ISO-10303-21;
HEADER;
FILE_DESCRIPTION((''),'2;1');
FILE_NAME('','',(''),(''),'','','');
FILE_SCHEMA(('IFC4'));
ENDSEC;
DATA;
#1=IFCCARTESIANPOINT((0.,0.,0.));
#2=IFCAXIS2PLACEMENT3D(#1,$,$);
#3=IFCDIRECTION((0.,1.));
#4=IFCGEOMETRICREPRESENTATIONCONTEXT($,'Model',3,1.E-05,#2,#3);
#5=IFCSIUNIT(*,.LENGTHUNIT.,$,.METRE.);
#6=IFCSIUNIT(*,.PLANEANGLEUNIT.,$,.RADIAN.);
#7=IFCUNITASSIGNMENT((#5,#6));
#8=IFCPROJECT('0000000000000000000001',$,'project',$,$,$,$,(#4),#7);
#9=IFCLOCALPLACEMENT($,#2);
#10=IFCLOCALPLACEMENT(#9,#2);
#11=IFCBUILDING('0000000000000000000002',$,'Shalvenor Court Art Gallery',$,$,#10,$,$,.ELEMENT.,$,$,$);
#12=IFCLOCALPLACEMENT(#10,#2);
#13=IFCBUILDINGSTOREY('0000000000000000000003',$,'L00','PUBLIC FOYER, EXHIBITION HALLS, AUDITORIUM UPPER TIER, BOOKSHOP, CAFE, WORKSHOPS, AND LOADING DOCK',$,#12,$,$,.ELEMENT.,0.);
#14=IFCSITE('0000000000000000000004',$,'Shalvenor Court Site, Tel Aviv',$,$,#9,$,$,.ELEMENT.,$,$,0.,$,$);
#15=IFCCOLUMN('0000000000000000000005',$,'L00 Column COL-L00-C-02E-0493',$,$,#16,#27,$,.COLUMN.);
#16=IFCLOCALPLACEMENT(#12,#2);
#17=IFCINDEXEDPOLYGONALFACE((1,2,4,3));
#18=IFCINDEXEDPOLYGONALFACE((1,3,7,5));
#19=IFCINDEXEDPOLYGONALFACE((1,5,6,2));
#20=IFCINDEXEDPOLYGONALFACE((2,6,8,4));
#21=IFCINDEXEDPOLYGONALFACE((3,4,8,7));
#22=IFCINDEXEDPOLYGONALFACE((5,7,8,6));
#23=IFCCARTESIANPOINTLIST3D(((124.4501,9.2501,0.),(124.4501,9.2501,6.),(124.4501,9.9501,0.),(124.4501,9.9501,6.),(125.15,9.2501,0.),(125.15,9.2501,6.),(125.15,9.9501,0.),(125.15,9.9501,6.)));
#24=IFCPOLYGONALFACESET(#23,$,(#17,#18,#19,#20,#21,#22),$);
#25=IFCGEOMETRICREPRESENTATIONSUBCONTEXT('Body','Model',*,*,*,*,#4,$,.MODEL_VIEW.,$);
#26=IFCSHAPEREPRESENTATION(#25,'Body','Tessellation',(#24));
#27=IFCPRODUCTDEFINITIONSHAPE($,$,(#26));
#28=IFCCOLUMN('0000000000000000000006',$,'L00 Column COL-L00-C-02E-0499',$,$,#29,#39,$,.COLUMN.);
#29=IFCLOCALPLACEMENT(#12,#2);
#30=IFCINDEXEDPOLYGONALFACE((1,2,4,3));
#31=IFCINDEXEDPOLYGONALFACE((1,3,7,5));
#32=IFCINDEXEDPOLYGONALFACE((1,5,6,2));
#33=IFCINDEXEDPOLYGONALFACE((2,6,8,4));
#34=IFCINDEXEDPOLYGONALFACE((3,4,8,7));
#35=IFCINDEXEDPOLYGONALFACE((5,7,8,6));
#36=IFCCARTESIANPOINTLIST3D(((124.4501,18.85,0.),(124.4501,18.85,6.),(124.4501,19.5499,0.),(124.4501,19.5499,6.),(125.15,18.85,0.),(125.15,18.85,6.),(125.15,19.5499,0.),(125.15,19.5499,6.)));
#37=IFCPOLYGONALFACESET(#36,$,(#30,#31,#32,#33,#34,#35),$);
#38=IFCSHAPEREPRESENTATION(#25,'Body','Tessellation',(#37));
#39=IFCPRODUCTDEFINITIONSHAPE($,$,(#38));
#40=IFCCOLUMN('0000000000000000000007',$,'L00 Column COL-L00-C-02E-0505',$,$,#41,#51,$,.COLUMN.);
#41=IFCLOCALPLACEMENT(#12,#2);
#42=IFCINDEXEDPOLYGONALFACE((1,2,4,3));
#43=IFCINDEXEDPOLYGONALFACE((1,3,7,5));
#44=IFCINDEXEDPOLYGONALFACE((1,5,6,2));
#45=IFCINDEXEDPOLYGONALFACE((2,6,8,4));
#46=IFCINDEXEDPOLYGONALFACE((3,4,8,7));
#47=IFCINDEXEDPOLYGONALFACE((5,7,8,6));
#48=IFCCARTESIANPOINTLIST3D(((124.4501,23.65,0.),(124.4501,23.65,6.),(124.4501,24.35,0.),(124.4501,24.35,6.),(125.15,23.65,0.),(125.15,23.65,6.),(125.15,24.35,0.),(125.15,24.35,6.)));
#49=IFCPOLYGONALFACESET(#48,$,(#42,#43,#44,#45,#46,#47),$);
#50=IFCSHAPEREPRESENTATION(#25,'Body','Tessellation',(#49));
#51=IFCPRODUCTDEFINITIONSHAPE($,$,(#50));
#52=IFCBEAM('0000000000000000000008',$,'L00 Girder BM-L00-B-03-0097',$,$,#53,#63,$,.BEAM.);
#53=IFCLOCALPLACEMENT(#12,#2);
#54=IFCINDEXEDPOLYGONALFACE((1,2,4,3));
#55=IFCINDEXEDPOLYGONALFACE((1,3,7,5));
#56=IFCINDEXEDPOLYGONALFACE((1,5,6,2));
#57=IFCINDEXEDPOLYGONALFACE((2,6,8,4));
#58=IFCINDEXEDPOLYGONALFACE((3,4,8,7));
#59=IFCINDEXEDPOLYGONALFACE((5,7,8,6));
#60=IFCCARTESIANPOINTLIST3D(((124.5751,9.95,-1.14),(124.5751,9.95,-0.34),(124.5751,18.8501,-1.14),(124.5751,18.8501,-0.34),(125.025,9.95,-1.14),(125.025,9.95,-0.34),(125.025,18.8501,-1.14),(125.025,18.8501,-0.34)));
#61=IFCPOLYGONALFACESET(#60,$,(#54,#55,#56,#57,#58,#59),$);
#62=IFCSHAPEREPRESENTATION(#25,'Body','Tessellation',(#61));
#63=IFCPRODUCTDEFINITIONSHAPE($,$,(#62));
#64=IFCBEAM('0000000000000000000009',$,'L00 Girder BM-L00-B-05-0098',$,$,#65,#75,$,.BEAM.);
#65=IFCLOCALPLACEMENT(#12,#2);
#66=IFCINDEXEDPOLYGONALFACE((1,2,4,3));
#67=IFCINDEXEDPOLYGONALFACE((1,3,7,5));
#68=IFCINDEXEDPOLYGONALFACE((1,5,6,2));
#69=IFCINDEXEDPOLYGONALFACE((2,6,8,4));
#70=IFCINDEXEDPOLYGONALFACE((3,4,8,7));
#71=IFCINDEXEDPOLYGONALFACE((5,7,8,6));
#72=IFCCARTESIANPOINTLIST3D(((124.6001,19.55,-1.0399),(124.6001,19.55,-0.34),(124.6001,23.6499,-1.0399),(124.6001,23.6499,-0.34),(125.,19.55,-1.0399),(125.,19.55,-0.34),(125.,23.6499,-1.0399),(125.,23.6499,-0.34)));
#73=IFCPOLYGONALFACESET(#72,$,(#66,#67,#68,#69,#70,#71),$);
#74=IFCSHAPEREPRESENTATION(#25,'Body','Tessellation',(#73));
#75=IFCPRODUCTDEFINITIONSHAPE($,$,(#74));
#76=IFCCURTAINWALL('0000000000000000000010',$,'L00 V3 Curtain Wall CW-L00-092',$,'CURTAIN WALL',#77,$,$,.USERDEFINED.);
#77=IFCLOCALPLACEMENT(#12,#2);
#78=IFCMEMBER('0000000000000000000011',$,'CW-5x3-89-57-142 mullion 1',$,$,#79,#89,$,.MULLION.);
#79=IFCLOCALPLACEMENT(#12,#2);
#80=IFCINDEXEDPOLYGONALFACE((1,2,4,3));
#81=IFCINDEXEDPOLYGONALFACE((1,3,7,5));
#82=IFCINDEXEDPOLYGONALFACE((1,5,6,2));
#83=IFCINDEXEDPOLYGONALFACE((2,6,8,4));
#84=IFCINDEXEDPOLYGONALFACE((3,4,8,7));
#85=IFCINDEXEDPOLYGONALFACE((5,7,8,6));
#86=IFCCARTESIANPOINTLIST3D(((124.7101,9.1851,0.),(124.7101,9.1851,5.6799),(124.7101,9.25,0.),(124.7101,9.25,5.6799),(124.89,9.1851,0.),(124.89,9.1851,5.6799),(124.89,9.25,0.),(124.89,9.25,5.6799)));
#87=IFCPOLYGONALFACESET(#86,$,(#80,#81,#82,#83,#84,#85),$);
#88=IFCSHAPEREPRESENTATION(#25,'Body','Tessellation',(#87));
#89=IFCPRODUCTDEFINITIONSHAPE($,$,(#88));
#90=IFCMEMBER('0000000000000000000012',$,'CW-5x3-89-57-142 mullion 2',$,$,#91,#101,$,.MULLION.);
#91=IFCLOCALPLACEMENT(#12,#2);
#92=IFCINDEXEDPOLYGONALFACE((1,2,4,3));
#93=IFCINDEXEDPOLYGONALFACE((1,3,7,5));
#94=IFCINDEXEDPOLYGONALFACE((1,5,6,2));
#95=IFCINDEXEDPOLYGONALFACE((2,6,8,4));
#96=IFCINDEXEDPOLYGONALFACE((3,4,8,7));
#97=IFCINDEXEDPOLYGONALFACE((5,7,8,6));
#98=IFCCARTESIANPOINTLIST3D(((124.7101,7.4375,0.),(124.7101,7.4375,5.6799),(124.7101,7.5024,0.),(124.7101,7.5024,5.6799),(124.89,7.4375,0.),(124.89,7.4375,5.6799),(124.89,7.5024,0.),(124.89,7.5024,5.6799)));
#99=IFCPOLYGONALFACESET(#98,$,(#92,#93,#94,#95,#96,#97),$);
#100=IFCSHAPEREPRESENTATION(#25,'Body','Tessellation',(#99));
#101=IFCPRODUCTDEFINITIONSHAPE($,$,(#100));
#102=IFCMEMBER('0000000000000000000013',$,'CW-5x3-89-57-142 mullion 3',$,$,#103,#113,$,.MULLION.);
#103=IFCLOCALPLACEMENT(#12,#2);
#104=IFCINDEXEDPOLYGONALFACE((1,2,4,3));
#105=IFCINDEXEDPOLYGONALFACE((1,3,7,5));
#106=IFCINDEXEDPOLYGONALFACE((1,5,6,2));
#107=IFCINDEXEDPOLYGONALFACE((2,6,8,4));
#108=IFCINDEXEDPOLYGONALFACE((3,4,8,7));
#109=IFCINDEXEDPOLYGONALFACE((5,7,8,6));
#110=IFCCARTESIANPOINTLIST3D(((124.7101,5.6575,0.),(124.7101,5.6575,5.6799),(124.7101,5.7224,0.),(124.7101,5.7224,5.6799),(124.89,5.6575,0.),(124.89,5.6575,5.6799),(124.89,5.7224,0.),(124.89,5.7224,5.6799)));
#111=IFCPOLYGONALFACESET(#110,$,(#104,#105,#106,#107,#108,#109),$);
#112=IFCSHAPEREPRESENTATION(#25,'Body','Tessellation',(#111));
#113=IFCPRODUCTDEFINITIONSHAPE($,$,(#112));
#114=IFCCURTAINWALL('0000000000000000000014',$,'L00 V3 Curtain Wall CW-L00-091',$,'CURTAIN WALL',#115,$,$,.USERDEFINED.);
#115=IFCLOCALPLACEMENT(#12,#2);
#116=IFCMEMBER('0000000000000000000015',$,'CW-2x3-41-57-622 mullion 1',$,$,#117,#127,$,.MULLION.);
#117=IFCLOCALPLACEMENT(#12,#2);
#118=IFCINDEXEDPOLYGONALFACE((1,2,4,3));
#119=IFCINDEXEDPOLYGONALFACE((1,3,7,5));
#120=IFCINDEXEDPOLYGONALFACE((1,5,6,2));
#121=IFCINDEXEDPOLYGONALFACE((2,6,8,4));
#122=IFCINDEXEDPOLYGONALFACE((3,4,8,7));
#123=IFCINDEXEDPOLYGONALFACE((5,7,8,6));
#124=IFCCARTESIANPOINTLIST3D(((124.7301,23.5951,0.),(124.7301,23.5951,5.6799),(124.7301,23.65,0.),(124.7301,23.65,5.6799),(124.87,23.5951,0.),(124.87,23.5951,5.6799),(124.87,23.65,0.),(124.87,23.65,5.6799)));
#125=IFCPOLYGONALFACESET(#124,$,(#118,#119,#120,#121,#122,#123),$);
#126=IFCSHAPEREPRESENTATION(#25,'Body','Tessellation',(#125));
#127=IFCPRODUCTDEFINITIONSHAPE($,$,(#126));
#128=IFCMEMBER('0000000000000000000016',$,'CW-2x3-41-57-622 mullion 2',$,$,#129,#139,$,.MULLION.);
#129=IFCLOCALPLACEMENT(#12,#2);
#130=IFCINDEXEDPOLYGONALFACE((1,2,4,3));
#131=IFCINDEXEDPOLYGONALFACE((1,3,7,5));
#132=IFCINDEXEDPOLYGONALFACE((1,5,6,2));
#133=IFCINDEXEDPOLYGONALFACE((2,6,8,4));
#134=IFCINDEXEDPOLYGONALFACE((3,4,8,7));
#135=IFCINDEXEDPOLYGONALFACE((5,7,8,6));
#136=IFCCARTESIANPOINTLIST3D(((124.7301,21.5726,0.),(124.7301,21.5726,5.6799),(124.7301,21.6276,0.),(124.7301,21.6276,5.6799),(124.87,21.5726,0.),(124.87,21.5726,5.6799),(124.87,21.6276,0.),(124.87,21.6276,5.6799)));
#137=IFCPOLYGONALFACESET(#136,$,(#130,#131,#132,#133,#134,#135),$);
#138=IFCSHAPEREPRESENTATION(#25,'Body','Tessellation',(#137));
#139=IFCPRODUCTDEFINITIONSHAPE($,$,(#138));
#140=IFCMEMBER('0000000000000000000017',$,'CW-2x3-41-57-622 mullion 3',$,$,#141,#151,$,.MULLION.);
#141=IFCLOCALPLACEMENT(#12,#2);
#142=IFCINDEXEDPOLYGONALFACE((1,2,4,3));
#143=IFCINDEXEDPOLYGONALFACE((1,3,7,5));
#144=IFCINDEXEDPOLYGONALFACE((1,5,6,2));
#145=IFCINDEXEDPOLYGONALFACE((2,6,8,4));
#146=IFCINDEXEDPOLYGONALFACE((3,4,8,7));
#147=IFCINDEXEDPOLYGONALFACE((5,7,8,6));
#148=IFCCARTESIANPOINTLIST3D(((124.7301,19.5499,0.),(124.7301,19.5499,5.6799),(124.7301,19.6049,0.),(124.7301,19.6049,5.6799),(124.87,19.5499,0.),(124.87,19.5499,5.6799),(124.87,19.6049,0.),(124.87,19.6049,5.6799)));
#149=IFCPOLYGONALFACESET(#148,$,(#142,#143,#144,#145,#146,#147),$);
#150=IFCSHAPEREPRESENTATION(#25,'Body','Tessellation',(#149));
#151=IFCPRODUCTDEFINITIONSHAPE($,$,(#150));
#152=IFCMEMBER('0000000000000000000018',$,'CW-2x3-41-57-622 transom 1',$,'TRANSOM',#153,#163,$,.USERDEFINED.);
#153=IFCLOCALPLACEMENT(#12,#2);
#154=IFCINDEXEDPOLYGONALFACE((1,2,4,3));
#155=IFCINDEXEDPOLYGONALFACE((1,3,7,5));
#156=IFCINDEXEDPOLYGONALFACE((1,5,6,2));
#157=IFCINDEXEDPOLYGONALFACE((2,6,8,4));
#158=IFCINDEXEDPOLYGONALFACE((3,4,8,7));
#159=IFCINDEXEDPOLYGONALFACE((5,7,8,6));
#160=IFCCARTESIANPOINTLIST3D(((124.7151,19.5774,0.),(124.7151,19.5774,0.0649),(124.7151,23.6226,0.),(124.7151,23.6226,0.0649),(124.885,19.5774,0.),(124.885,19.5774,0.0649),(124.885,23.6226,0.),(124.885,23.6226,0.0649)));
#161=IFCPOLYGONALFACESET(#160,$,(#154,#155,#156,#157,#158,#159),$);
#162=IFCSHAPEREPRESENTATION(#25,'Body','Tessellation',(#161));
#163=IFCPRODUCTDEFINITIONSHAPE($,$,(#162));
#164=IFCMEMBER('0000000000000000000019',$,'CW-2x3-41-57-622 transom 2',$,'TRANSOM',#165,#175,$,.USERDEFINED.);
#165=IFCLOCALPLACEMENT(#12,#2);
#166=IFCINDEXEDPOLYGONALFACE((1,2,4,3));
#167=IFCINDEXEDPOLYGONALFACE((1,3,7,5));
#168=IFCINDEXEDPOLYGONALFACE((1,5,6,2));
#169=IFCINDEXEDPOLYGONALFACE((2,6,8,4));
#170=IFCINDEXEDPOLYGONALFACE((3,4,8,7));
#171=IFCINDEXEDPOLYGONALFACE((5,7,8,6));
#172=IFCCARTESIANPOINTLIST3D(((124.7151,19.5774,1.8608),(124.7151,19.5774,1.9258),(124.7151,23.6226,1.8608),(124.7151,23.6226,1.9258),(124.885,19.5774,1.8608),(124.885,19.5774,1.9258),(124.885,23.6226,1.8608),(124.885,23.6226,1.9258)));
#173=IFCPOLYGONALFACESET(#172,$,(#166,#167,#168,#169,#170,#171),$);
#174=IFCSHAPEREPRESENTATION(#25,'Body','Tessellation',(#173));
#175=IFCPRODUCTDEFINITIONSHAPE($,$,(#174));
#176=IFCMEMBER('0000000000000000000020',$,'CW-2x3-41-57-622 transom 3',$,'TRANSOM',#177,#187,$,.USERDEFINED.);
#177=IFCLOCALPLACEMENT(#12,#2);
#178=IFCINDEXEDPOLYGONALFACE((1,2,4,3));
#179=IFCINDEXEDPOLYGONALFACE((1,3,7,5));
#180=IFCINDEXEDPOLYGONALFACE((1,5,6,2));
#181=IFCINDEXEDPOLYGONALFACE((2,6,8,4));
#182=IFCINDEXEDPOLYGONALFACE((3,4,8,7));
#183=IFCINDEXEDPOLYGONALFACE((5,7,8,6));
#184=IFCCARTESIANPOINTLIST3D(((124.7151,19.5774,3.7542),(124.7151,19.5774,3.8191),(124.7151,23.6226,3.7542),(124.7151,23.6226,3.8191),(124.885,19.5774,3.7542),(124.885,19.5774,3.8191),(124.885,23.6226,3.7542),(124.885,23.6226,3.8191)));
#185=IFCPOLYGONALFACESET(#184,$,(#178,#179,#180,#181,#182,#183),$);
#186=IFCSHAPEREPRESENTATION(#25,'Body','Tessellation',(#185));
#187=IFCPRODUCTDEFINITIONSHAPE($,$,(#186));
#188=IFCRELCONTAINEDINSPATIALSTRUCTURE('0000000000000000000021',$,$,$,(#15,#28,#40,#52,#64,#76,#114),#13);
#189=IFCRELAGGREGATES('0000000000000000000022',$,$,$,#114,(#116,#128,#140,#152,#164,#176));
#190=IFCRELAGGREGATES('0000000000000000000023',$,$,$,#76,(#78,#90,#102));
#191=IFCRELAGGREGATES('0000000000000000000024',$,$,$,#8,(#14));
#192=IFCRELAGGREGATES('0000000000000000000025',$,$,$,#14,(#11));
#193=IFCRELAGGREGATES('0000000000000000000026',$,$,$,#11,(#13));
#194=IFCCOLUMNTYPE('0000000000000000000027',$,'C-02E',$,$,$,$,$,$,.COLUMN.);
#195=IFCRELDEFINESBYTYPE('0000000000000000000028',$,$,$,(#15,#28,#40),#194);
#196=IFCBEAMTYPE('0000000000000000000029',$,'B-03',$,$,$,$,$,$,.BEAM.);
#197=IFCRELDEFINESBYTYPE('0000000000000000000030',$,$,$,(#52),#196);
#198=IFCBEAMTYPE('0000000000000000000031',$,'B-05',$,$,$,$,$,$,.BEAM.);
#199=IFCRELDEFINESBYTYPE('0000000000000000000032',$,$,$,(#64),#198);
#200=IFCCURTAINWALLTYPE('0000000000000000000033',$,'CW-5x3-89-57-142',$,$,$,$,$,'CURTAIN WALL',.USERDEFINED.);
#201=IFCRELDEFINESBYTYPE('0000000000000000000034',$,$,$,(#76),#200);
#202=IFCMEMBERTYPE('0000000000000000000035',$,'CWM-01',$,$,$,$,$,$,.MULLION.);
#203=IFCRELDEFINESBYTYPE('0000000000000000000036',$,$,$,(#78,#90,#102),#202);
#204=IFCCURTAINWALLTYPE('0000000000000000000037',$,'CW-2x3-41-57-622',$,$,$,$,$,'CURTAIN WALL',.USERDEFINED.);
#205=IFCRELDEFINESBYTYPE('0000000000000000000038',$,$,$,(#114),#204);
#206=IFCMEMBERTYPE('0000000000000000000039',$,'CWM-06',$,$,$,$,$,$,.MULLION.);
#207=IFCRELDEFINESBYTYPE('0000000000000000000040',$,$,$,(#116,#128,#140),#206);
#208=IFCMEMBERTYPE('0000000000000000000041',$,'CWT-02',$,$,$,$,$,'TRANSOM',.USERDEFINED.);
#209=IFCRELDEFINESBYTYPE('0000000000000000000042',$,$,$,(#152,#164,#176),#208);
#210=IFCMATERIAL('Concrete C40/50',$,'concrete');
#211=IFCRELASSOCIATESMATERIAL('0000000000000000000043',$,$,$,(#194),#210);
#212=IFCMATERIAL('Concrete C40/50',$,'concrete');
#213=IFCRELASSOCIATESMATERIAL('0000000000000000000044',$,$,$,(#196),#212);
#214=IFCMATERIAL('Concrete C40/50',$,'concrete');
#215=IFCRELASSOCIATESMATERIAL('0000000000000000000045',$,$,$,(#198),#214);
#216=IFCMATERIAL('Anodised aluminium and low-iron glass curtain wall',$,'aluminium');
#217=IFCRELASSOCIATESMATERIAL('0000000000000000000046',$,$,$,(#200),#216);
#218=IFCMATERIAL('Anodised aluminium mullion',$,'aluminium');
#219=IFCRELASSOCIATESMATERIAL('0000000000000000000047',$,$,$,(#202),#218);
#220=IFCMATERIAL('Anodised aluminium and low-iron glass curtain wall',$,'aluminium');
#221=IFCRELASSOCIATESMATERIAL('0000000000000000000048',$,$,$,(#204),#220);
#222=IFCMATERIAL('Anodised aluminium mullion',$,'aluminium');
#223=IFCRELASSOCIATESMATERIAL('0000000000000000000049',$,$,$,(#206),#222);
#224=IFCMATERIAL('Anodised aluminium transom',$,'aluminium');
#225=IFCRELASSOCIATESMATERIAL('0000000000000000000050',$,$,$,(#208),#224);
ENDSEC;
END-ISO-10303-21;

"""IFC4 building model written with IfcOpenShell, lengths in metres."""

from ifc_helpers import new_model, si_unit, direction, frame, origin, origin_2d, place, context, subcontext, project, spatial, rectangle, extrude, material, material_profile, profile_set, type_object, element, aggregate, save


model = new_model("IFC4")

# Units and contexts
model_context = context("Model", 3, precision=1e-05, world=origin(), true_north=direction((0.0, 1.0)))
body_context = subcontext(model_context, "Body", "Model", "MODEL_VIEW")
ifc_project = project(units=[si_unit("LENGTHUNIT", "METRE"), si_unit("PLANEANGLEUNIT", "RADIAN")], contexts=[model_context])

# Site, building, storey
site_placement = place(None, origin())
site = spatial("IfcSite", under=ifc_project, at=site_placement, Name="Shalvenor Court Site, Tel Aviv", CompositionType="ELEMENT", RefElevation=0.0)
building_placement = place(site_placement, origin())
building = spatial("IfcBuilding", under=site, at=building_placement, Name="Shalvenor Court Art Gallery", CompositionType="ELEMENT")
storey_placement = place(building_placement, origin())
storey = spatial("IfcBuildingStorey", under=building, at=storey_placement, Name="L00", Description="PUBLIC FOYER, EXHIBITION HALLS, AUDITORIUM UPPER TIER, BOOKSHOP, CAFE, WORKSHOPS, AND LOADING DOCK", CompositionType="ELEMENT", Elevation=0.0)

# Columns
ifc_material_1 = material(Name="Concrete C40/50", Category="concrete")
ifc_material_profile_1 = material_profile(ifc_material_1, rectangle(XDim=0.7, YDim=0.7, at=origin_2d()), Name="RC 700x700")
ifc_profile_set_1 = profile_set([ifc_material_profile_1], Name="Concrete C40/50")
column_type = type_object("IfcColumnType", Name="C-02E", PredefinedType="COLUMN", material=ifc_profile_set_1)
for number, where, z_axis, x_axis, name in (
    (1, (124.8, 9.6001, 0.0), (0.0, 0.0, 1.0), (1.0, 0.0, 0.0), "L00 Column COL-L00-C-02E-0493"),
    (2, (124.8, 19.2, 0.0), (0.0, 0.0, 1.0), (1.0, 0.0, 0.0), "L00 Column COL-L00-C-02E-0499"),
    (3, (124.8, 24.0, 0.0), (0.0, 0.0, 1.0), (1.0, 0.0, 0.0), "L00 Column COL-L00-C-02E-0505"),
):
    element("IfcColumn", number, at=place(storey_placement, frame(where, z_axis=z_axis, x_axis=x_axis)), inside=storey, type_object=column_type, Name=name, PredefinedType="COLUMN", context=body_context, shape_type="SweptSolid", body=[
        extrude(rectangle(XDim=0.7, YDim=0.7, at=origin_2d()), origin(), (0.0, 0.0, 1.0), 6.0),
    ])

# Beams
ifc_material_2 = material(Name="Concrete C40/50", Category="concrete")
ifc_material_profile_2 = material_profile(ifc_material_2, rectangle(XDim=0.45, YDim=0.8, at=origin_2d()), Name="RC 450x800")
ifc_profile_set_2 = profile_set([ifc_material_profile_2], Name="Concrete C40/50")
beam_type_1 = type_object("IfcBeamType", Name="B-03", PredefinedType="BEAM", material=ifc_profile_set_2)
beam_1_placement = place(storey_placement, frame((124.8, 9.95, -0.74), z_axis=(0.0, 1.0, 0.0), x_axis=(-1.0, 0.0, 0.0)))
element("IfcBeam", 4, at=beam_1_placement, inside=storey, type_object=beam_type_1, Name="L00 Girder BM-L00-B-03-0097", PredefinedType="BEAM", context=body_context, shape_type="SweptSolid", body=[
    extrude(rectangle(XDim=0.45, YDim=0.8, at=origin_2d()), origin(), (0.0, 0.0, 1.0), 8.9001),
])
ifc_material_3 = material(Name="Concrete C40/50", Category="concrete")
ifc_material_profile_3 = material_profile(ifc_material_3, rectangle(XDim=0.3999, YDim=0.7, at=origin_2d()), Name="RC 400x700")
ifc_profile_set_3 = profile_set([ifc_material_profile_3], Name="Concrete C40/50")
beam_type_2 = type_object("IfcBeamType", Name="B-05", PredefinedType="BEAM", material=ifc_profile_set_3)
beam_2_placement = place(storey_placement, frame((124.8, 19.55, -0.6899), z_axis=(0.0, 1.0, 0.0), x_axis=(-1.0, 0.0, 0.0)))
element("IfcBeam", 5, at=beam_2_placement, inside=storey, type_object=beam_type_2, Name="L00 Girder BM-L00-B-05-0098", PredefinedType="BEAM", context=body_context, shape_type="SweptSolid", body=[
    extrude(rectangle(XDim=0.3999, YDim=0.7, at=origin_2d()), origin(), (0.0, 0.0, 1.0), 4.0999),
])

# Curtain walls, members
ifc_material_4 = material(Name="Anodised aluminium and low-iron glass curtain wall", Category="aluminium")
curtain_wall_type_1 = type_object("IfcCurtainWallType", Name="CW-5x3-89-57-142", ElementType="CURTAIN WALL", PredefinedType="USERDEFINED", material=ifc_material_4)
curtain_wall_1_placement = place(storey_placement, origin())
curtain_wall_1 = element("IfcCurtainWall", 6, at=curtain_wall_1_placement, inside=storey, type_object=curtain_wall_type_1, Name="L00 V3 Curtain Wall CW-L00-092", ObjectType="CURTAIN WALL", PredefinedType="USERDEFINED")
ifc_material_5 = material(Name="Anodised aluminium mullion", Category="aluminium")
ifc_material_profile_4 = material_profile(ifc_material_5, rectangle(XDim=0.0649, YDim=0.1799, at=origin_2d()), Name="CWM-01")
ifc_profile_set_4 = profile_set([ifc_material_profile_4], Name="Anodised aluminium mullion")
member_type_1 = type_object("IfcMemberType", Name="CWM-01", PredefinedType="MULLION", material=ifc_profile_set_4)
member_1_placement = place(storey_placement, frame((124.8, 9.2175, 0.0), z_axis=(0.0, 0.0, 1.0), x_axis=(0.0, -1.0, 0.0)))
member_1 = element("IfcMember", 7, at=member_1_placement, type_object=member_type_1, Name="CW-5x3-89-57-142 mullion 1", PredefinedType="MULLION", context=body_context, shape_type="SweptSolid", body=[
    extrude(rectangle(XDim=0.0649, YDim=0.1799, at=origin_2d()), origin(), (0.0, 0.0, 1.0), 5.6799),
])
member_2_placement = place(storey_placement, frame((124.8, 7.47, 0.0), z_axis=(0.0, 0.0, 1.0), x_axis=(0.0, -1.0, 0.0)))
member_2 = element("IfcMember", 8, at=member_2_placement, type_object=member_type_1, Name="CW-5x3-89-57-142 mullion 2", PredefinedType="MULLION", context=body_context, shape_type="SweptSolid", body=[
    extrude(rectangle(XDim=0.0649, YDim=0.1799, at=origin_2d()), origin(), (0.0, 0.0, 1.0), 5.6799),
])
member_3_placement = place(storey_placement, frame((124.8, 5.6899, 0.0), z_axis=(0.0, 0.0, 1.0), x_axis=(0.0, -1.0, 0.0)))
member_3 = element("IfcMember", 9, at=member_3_placement, type_object=member_type_1, Name="CW-5x3-89-57-142 mullion 3", PredefinedType="MULLION", context=body_context, shape_type="SweptSolid", body=[
    extrude(rectangle(XDim=0.0649, YDim=0.1799, at=origin_2d()), origin(), (0.0, 0.0, 1.0), 5.6799),
])
ifc_material_6 = material(Name="Anodised aluminium and low-iron glass curtain wall", Category="aluminium")
curtain_wall_type_2 = type_object("IfcCurtainWallType", Name="CW-2x3-41-57-622", ElementType="CURTAIN WALL", PredefinedType="USERDEFINED", material=ifc_material_6)
curtain_wall_2_placement = place(storey_placement, origin())
curtain_wall_2 = element("IfcCurtainWall", 10, at=curtain_wall_2_placement, inside=storey, type_object=curtain_wall_type_2, Name="L00 V3 Curtain Wall CW-L00-091", ObjectType="CURTAIN WALL", PredefinedType="USERDEFINED")
ifc_material_7 = material(Name="Anodised aluminium mullion", Category="aluminium")
ifc_material_profile_5 = material_profile(ifc_material_7, rectangle(XDim=0.0549, YDim=0.1399, at=origin_2d()), Name="CWM-06")
ifc_profile_set_5 = profile_set([ifc_material_profile_5], Name="Anodised aluminium mullion")
member_type_2 = type_object("IfcMemberType", Name="CWM-06", PredefinedType="MULLION", material=ifc_profile_set_5)
member_4_placement = place(storey_placement, frame((124.8, 23.6226, 0.0), z_axis=(0.0, 0.0, 1.0), x_axis=(0.0, -1.0, 0.0)))
member_4 = element("IfcMember", 11, at=member_4_placement, type_object=member_type_2, Name="CW-2x3-41-57-622 mullion 1", PredefinedType="MULLION", context=body_context, shape_type="SweptSolid", body=[
    extrude(rectangle(XDim=0.0549, YDim=0.1399, at=origin_2d()), origin(), (0.0, 0.0, 1.0), 5.6799),
])
member_5_placement = place(storey_placement, frame((124.8, 21.6001, 0.0), z_axis=(0.0, 0.0, 1.0), x_axis=(0.0, -1.0, 0.0)))
member_5 = element("IfcMember", 12, at=member_5_placement, type_object=member_type_2, Name="CW-2x3-41-57-622 mullion 2", PredefinedType="MULLION", context=body_context, shape_type="SweptSolid", body=[
    extrude(rectangle(XDim=0.0549, YDim=0.1399, at=origin_2d()), origin(), (0.0, 0.0, 1.0), 5.6799),
])
member_6_placement = place(storey_placement, frame((124.8, 19.5774, 0.0), z_axis=(0.0, 0.0, 1.0), x_axis=(0.0, -1.0, 0.0)))
member_6 = element("IfcMember", 13, at=member_6_placement, type_object=member_type_2, Name="CW-2x3-41-57-622 mullion 3", PredefinedType="MULLION", context=body_context, shape_type="SweptSolid", body=[
    extrude(rectangle(XDim=0.0549, YDim=0.1399, at=origin_2d()), origin(), (0.0, 0.0, 1.0), 5.6799),
])
ifc_material_8 = material(Name="Anodised aluminium transom", Category="aluminium")
ifc_material_profile_6 = material_profile(ifc_material_8, rectangle(XDim=0.1699, YDim=0.0649, at=origin_2d()), Name="CWT-02")
ifc_profile_set_6 = profile_set([ifc_material_profile_6], Name="Anodised aluminium transom")
member_type_3 = type_object("IfcMemberType", Name="CWT-02", ElementType="TRANSOM", PredefinedType="USERDEFINED", material=ifc_profile_set_6)
member_7_placement = place(storey_placement, frame((124.8, 23.6226, 0.0325), z_axis=(0.0, -1.0, 0.0), x_axis=(1.0, 0.0, 0.0)))
member_7 = element("IfcMember", 14, at=member_7_placement, type_object=member_type_3, Name="CW-2x3-41-57-622 transom 1", ObjectType="TRANSOM", PredefinedType="USERDEFINED", context=body_context, shape_type="SweptSolid", body=[
    extrude(rectangle(XDim=0.1699, YDim=0.0649, at=origin_2d()), origin(), (0.0, 0.0, 1.0), 4.0452),
])
member_8_placement = place(storey_placement, frame((124.8, 23.6226, 1.8933), z_axis=(0.0, -1.0, 0.0), x_axis=(1.0, 0.0, 0.0)))
member_8 = element("IfcMember", 15, at=member_8_placement, type_object=member_type_3, Name="CW-2x3-41-57-622 transom 2", ObjectType="TRANSOM", PredefinedType="USERDEFINED", context=body_context, shape_type="SweptSolid", body=[
    extrude(rectangle(XDim=0.1699, YDim=0.0649, at=origin_2d()), origin(), (0.0, 0.0, 1.0), 4.0452),
])
member_9_placement = place(storey_placement, frame((124.8, 23.6226, 3.7866), z_axis=(0.0, -1.0, 0.0), x_axis=(1.0, 0.0, 0.0)))
member_9 = element("IfcMember", 16, at=member_9_placement, type_object=member_type_3, Name="CW-2x3-41-57-622 transom 3", ObjectType="TRANSOM", PredefinedType="USERDEFINED", context=body_context, shape_type="SweptSolid", body=[
    extrude(rectangle(XDim=0.1699, YDim=0.0649, at=origin_2d()), origin(), (0.0, 0.0, 1.0), 4.0452),
])

aggregate(curtain_wall_2, [member_4, member_5, member_6, member_7, member_8, member_9])
aggregate(curtain_wall_1, [member_1, member_2, member_3])

save(model, "model.ifc")
